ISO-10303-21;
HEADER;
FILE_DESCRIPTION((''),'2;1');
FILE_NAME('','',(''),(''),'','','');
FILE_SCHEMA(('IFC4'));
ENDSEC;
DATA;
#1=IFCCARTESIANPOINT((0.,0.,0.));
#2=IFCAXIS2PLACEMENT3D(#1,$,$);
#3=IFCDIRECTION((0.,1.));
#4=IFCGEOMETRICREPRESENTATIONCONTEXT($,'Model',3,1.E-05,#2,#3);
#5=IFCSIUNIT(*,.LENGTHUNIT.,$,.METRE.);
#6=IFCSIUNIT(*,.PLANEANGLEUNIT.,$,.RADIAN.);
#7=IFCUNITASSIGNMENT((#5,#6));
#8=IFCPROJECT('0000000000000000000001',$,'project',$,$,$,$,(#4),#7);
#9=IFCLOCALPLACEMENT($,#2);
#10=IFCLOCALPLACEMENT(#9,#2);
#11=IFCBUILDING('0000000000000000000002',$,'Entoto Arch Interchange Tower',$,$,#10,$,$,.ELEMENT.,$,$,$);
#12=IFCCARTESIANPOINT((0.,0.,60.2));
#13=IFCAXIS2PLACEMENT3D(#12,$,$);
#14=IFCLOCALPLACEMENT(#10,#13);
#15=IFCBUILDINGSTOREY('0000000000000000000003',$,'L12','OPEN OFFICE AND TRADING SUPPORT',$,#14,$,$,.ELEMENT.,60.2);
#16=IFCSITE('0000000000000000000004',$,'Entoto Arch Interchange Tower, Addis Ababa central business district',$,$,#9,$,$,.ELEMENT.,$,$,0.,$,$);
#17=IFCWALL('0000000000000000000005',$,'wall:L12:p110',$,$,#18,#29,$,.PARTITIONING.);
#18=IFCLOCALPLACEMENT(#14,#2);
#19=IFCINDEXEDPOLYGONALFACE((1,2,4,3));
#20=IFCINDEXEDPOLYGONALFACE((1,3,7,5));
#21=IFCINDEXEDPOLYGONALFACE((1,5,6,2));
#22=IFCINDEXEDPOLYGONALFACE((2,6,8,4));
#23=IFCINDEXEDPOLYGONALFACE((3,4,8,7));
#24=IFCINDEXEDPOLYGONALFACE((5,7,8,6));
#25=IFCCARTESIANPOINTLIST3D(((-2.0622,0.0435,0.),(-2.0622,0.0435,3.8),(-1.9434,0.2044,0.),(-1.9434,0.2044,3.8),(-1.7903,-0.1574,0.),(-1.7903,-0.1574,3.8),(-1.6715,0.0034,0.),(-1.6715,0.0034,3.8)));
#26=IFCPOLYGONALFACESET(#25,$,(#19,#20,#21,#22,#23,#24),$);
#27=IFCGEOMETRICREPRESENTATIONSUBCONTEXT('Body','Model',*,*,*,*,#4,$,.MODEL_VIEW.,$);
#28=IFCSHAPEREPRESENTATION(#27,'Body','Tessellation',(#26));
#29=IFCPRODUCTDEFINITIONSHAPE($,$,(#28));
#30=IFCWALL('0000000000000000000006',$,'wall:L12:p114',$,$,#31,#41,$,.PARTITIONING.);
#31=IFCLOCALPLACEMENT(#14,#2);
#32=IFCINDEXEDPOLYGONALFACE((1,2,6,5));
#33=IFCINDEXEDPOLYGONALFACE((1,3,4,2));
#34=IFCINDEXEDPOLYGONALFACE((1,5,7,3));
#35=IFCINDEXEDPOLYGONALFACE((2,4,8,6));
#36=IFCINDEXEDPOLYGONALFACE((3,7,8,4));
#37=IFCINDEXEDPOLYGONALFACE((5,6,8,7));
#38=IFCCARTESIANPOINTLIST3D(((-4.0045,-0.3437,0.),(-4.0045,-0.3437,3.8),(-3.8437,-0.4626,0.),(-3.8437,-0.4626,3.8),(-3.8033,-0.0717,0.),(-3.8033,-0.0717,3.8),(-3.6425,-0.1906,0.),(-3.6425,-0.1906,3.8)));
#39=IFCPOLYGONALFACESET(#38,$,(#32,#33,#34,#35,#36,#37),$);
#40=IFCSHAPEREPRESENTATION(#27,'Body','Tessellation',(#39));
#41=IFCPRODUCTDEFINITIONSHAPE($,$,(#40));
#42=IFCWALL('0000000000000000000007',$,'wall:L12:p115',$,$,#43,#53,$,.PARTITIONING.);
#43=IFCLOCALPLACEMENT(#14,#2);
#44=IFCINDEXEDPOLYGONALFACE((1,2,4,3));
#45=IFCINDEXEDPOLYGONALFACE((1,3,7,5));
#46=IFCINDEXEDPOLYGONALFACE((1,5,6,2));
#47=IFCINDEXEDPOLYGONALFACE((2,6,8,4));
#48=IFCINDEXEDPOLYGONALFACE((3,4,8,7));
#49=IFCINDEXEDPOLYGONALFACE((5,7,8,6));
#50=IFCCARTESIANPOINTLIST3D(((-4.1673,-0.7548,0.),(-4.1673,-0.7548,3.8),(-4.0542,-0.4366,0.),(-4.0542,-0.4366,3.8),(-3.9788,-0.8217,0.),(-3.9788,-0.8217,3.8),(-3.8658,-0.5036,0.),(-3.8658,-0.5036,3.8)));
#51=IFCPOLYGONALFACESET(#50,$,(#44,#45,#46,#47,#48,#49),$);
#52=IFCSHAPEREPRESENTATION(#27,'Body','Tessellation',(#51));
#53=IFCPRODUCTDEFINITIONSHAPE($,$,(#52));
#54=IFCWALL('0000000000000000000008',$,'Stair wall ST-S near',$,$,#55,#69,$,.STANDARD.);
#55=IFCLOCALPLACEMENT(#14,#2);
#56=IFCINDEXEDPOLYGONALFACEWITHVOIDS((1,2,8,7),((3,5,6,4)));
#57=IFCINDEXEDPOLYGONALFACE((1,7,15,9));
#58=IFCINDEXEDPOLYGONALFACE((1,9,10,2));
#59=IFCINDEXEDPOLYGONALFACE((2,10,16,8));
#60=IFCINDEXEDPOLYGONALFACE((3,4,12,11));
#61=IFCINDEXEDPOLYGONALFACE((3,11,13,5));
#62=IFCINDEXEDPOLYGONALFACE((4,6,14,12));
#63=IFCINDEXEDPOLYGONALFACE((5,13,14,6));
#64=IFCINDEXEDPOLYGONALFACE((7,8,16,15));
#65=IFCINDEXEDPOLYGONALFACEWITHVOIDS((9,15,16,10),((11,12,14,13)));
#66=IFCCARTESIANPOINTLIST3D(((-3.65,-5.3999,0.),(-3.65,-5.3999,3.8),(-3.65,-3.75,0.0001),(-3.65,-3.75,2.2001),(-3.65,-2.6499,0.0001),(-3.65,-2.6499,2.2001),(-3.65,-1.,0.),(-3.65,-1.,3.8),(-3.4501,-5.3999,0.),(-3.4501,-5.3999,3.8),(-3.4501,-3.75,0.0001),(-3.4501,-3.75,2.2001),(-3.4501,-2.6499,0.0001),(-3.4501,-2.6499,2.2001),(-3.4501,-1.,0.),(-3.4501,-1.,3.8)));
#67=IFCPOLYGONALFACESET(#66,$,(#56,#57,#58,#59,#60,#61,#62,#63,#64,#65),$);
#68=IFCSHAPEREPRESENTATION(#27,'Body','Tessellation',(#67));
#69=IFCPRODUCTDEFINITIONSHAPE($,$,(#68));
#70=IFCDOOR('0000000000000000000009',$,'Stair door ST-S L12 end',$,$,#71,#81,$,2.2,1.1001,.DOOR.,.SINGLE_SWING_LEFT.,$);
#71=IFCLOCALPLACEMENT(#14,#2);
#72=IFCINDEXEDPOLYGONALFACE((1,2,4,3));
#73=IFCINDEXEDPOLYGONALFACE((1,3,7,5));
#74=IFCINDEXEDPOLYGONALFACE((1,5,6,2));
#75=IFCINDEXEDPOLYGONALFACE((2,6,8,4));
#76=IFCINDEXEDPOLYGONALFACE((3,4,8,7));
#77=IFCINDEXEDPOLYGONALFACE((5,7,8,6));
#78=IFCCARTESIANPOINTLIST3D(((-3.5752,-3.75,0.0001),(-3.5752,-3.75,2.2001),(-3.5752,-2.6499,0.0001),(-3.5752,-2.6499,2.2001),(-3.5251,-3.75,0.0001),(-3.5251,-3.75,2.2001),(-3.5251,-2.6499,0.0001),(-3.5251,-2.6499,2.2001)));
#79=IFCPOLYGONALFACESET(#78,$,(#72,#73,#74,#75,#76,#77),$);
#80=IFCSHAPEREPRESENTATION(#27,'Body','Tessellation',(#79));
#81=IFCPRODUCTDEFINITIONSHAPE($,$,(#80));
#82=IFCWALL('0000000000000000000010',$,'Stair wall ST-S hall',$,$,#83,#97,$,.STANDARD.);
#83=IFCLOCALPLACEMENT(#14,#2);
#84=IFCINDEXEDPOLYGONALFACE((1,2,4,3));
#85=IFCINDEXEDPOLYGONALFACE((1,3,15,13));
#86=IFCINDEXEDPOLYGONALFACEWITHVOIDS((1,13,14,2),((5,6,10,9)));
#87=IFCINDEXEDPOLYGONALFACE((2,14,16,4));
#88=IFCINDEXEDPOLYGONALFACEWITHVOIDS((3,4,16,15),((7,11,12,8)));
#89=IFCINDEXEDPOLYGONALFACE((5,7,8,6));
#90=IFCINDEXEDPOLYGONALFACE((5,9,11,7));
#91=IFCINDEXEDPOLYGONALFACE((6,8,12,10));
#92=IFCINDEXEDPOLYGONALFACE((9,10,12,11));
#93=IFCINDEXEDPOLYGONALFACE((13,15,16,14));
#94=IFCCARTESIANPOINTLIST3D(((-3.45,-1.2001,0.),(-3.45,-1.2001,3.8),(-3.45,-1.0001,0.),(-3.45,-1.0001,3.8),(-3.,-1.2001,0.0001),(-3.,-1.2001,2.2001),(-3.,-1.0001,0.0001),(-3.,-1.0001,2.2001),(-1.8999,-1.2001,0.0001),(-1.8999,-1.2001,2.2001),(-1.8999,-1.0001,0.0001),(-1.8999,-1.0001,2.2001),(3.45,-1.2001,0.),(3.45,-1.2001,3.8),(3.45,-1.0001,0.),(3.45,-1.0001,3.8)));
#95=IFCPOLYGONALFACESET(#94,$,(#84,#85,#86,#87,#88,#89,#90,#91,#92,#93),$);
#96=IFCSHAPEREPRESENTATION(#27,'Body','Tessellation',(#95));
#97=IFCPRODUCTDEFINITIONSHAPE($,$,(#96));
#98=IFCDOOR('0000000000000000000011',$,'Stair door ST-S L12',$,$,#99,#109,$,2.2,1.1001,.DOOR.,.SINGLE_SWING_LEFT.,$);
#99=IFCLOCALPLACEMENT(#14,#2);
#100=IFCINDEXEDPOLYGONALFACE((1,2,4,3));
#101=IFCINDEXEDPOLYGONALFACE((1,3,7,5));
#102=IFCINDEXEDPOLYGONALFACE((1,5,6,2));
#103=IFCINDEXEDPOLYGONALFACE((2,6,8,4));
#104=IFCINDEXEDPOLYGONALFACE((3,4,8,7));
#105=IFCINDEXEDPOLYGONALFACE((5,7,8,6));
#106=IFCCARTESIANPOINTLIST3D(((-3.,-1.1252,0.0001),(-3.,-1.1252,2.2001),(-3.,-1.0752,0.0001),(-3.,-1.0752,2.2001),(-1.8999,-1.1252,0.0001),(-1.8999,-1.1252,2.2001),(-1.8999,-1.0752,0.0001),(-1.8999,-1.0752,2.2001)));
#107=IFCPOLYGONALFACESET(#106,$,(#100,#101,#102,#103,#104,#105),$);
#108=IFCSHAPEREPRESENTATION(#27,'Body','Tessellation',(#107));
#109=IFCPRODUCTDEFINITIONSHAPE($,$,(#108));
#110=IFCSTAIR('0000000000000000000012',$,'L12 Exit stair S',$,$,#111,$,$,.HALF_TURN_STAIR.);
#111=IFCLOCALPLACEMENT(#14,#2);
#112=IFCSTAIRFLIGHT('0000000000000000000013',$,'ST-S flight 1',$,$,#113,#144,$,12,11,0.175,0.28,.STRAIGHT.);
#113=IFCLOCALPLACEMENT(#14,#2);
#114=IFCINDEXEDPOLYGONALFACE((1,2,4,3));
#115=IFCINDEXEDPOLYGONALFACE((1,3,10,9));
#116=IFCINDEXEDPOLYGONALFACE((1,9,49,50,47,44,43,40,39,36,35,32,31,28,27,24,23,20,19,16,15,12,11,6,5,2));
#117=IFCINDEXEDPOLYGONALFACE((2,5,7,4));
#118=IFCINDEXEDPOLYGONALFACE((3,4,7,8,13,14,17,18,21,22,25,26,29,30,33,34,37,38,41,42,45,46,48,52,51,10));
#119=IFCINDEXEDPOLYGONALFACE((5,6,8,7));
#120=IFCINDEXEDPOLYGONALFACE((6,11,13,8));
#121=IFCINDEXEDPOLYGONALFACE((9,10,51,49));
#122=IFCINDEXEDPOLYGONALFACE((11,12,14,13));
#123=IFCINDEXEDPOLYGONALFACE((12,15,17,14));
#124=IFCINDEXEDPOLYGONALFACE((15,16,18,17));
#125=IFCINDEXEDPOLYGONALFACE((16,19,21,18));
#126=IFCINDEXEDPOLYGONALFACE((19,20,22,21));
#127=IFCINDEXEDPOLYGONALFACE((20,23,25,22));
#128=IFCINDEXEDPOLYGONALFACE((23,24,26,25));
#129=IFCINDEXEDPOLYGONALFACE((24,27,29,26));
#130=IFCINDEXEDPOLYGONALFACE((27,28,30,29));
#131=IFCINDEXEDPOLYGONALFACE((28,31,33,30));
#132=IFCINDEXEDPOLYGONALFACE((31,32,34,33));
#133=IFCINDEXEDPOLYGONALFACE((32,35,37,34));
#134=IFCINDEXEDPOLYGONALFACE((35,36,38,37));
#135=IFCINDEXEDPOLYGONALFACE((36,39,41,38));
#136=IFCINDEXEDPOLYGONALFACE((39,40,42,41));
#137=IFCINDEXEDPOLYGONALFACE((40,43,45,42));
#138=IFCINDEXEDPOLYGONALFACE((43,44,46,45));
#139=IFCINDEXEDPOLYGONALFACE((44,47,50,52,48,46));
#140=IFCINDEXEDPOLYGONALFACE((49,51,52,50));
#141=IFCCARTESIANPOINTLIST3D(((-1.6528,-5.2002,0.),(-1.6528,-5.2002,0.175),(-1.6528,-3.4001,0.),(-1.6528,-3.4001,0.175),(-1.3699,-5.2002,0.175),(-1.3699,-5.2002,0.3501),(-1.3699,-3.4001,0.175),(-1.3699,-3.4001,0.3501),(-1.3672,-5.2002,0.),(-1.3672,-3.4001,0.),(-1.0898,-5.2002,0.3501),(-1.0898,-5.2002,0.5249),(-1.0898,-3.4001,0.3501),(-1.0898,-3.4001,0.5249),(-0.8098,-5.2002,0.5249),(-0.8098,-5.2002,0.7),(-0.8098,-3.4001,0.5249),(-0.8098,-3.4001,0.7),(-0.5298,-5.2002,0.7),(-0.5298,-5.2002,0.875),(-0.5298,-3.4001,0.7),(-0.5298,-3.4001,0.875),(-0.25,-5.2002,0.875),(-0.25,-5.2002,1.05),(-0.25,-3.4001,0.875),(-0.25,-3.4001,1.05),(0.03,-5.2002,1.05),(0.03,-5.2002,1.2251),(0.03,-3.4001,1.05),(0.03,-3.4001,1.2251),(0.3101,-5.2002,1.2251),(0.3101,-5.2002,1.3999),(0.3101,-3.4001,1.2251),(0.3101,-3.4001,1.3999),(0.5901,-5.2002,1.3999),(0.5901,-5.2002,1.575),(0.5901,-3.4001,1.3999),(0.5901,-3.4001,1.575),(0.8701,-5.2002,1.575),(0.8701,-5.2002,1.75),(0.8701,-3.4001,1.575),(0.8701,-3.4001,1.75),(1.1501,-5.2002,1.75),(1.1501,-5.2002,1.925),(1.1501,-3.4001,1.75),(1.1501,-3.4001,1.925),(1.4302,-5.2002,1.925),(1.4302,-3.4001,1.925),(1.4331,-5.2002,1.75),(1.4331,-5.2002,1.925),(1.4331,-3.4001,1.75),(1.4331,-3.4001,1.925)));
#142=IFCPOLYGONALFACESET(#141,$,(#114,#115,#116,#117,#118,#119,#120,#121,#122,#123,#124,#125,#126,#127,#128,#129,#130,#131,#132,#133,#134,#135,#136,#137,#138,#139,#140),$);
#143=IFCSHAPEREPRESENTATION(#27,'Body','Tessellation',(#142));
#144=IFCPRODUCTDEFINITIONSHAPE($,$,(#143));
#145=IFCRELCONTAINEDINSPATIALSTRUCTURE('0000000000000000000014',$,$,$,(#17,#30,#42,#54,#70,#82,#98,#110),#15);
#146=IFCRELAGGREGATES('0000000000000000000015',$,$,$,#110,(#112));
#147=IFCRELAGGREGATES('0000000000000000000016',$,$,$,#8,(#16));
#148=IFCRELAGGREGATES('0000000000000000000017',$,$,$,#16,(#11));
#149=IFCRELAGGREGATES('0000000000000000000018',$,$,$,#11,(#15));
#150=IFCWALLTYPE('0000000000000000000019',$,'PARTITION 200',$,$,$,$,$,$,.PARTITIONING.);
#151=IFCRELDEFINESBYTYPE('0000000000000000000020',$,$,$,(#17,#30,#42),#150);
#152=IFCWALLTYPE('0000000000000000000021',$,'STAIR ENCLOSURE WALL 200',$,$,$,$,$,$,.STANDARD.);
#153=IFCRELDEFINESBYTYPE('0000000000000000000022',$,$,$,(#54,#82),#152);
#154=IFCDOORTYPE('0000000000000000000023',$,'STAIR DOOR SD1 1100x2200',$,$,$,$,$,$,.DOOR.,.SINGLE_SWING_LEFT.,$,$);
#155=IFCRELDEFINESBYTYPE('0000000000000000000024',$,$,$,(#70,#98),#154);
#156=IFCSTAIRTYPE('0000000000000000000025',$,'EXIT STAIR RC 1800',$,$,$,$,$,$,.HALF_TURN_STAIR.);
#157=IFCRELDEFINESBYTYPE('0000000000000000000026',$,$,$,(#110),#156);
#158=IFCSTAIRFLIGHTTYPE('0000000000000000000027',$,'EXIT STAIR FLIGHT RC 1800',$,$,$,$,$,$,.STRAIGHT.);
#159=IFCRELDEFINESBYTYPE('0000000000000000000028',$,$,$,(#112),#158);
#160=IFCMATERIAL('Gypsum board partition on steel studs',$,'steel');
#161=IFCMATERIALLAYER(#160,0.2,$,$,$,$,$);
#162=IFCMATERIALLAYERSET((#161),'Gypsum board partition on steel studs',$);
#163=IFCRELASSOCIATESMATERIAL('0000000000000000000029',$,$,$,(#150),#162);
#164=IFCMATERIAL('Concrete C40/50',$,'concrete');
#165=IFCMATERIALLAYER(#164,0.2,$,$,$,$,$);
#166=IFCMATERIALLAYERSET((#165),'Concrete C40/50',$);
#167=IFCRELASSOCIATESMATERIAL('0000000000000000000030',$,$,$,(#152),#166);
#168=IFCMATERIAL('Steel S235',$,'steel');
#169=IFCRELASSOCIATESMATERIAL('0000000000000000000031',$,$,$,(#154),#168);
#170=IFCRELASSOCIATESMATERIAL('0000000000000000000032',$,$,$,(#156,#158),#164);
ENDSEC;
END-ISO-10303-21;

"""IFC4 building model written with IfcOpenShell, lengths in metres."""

from ifc_helpers import new_model, si_unit, direction, frame, frame_2d, origin, place, context, subcontext, project, spatial, polyline, rectangle, outline, extrude, material, layer, layer_set, type_object, element, fill, aggregate, save


model = new_model("IFC4")

# Units and contexts
model_context = context("Model", 3, precision=1e-05, world=origin(), true_north=direction((0.0, 1.0)))
body_context = subcontext(model_context, "Body", "Model", "MODEL_VIEW")
ifc_project = project(units=[si_unit("LENGTHUNIT", "METRE"), si_unit("PLANEANGLEUNIT", "RADIAN")], contexts=[model_context])

# Site, building, storey
site_placement = place(None, origin())
site = spatial("IfcSite", under=ifc_project, at=site_placement, Name="Entoto Arch Interchange Tower, Addis Ababa central business district", CompositionType="ELEMENT", RefElevation=0.0)
building_placement = place(site_placement, origin())
building = spatial("IfcBuilding", under=site, at=building_placement, Name="Entoto Arch Interchange Tower", CompositionType="ELEMENT")
storey_placement = place(building_placement, frame((0.0, 0.0, 60.2)))
storey = spatial("IfcBuildingStorey", under=building, at=storey_placement, Name="L12", Description="OPEN OFFICE AND TRADING SUPPORT", CompositionType="ELEMENT", Elevation=60.2)

# Shared definitions
ifc_material_1 = material(Name="Concrete C40/50", Category="concrete")

# Shared definitions
ifc_material_2 = material(Name="Gypsum board partition on steel studs", Category="steel")
ifc_layer_1 = layer(ifc_material_2, 0.2)
ifc_layer_set_1 = layer_set([ifc_layer_1], Name="Gypsum board partition on steel studs")
wall_type_1 = type_object("IfcWallType", Name="PARTITION 200", PredefinedType="PARTITIONING", material=ifc_layer_set_1)

# Walls
wall_1_placement = place(storey_placement, frame((-1.731, -0.0769, 0.0), z_axis=(0.0, 0.0, 1.0), x_axis=(-0.804311, 0.594208, 0.0)))
element("IfcWall", 1, at=wall_1_placement, inside=storey, type_object=wall_type_1, Name="wall:L12:p110", PredefinedType="PARTITIONING", context=body_context, shape_type="SweptSolid", body=[
    extrude(rectangle(XDim=0.3381, YDim=0.2, at=frame_2d((0.1689, 0.0))), origin(), (0.0, 0.0, 1.0), 3.8),
])
wall_2_placement = place(storey_placement, frame((-3.7229, -0.1311, 0.0), z_axis=(0.0, 0.0, 1.0), x_axis=(-0.594675, -0.803966, 0.0)))
element("IfcWall", 2, at=wall_2_placement, inside=storey, type_object=wall_type_1, Name="wall:L12:p114", PredefinedType="PARTITIONING", context=body_context, shape_type="SweptSolid", body=[
    extrude(rectangle(XDim=0.3384, YDim=0.2, at=frame_2d((0.1692, 0.0))), origin(), (0.0, 0.0, 1.0), 3.8),
])
wall_3_placement = place(storey_placement, frame((-3.96, -0.47, 0.0), z_axis=(0.0, 0.0, 1.0), x_axis=(-0.334824, -0.942281, 0.0)))
element("IfcWall", 3, at=wall_3_placement, inside=storey, type_object=wall_type_1, Name="wall:L12:p115", PredefinedType="PARTITIONING", context=body_context, shape_type="SweptSolid", body=[
    extrude(rectangle(XDim=0.3376, YDim=0.2, at=frame_2d((0.1689, 0.0))), origin(), (0.0, 0.0, 1.0), 3.8),
])

# Walls, openings, doors
ifc_layer_2 = layer(ifc_material_1, 0.2)
ifc_layer_set_2 = layer_set([ifc_layer_2], Name="Concrete C40/50")
wall_type_2 = type_object("IfcWallType", Name="STAIR ENCLOSURE WALL 200", PredefinedType="STANDARD", material=ifc_layer_set_2)
wall_4_placement = place(storey_placement, frame((-3.55, -1.0, 0.0), z_axis=(0.0, 0.0, 1.0), x_axis=(0.0, -1.0, 0.0)))
wall_4 = element("IfcWall", 4, at=wall_4_placement, inside=storey, type_object=wall_type_2, Name="Stair wall ST-S near", PredefinedType="STANDARD", context=body_context, shape_type="SweptSolid", body=[
    extrude(rectangle(XDim=4.3999, YDim=0.2, at=frame_2d((2.2, 0.0))), origin(), (0.0, 0.0, 1.0), 3.8),
])
opening_1_placement = place(wall_4_placement, frame((1.6499, 0.0, 0.0)))
opening_1 = element("IfcOpeningElement", 5, at=opening_1_placement, cuts=wall_4, PredefinedType="OPENING", context=body_context, shape_type="SweptSolid", body=[
    extrude(rectangle(XDim=1.1001, YDim=2.2, at=frame_2d((0.55, 1.1001))), frame((0.0, 0.1099, 0.0), z_axis=(0.0, -1.0, 0.0), x_axis=(1.0, 0.0, 0.0)), (0.0, 0.0, 1.0), 0.22),
])
ifc_material_3 = material(Name="Steel S235", Category="steel")
door_type_1 = type_object("IfcDoorType", Name="STAIR DOOR SD1 1100x2200", OperationType="SINGLE_SWING_LEFT", PredefinedType="DOOR", material=ifc_material_3)
door_1_placement = place(opening_1_placement, origin())
door_1 = element("IfcDoor", 6, at=door_1_placement, inside=storey, type_object=door_type_1, Name="Stair door ST-S L12 end", OperationType="SINGLE_SWING_LEFT", OverallHeight=2.2, OverallWidth=1.1001, PredefinedType="DOOR", context=body_context, shape_type="SweptSolid", body=[
    extrude(rectangle(XDim=1.1001, YDim=2.2, at=frame_2d((0.55, 1.1001))), frame((0.0, 0.0249, 0.0), z_axis=(0.0, -1.0, 0.0), x_axis=(1.0, 0.0, 0.0)), (0.0, 0.0, 1.0), 0.05),
])
fill(opening_1, door_1)
wall_5_placement = place(storey_placement, frame((-3.45, -1.1001, 0.0), z_axis=(0.0, 0.0, 1.0), x_axis=(1.0, 0.0, 0.0)))
wall_5 = element("IfcWall", 7, at=wall_5_placement, inside=storey, type_object=wall_type_2, Name="Stair wall ST-S hall", PredefinedType="STANDARD", context=body_context, shape_type="SweptSolid", body=[
    extrude(rectangle(XDim=6.8999, YDim=0.2, at=frame_2d((3.45, 0.0))), origin(), (0.0, 0.0, 1.0), 3.8),
])
opening_2_placement = place(wall_5_placement, frame((0.45, 0.0, 0.0)))
opening_2 = element("IfcOpeningElement", 8, at=opening_2_placement, cuts=wall_5, PredefinedType="OPENING", context=body_context, shape_type="SweptSolid", body=[
    extrude(rectangle(XDim=1.1001, YDim=2.2, at=frame_2d((0.55, 1.1001))), frame((0.0, 0.1099, 0.0), z_axis=(0.0, -1.0, 0.0), x_axis=(1.0, 0.0, 0.0)), (0.0, 0.0, 1.0), 0.22),
])
door_2_placement = place(opening_2_placement, origin())
door_2 = element("IfcDoor", 9, at=door_2_placement, inside=storey, type_object=door_type_1, Name="Stair door ST-S L12", OperationType="SINGLE_SWING_LEFT", OverallHeight=2.2, OverallWidth=1.1001, PredefinedType="DOOR", context=body_context, shape_type="SweptSolid", body=[
    extrude(rectangle(XDim=1.1001, YDim=2.2, at=frame_2d((0.55, 1.1001))), frame((0.0, 0.0249, 0.0), z_axis=(0.0, -1.0, 0.0), x_axis=(1.0, 0.0, 0.0)), (0.0, 0.0, 1.0), 0.05),
])
fill(opening_2, door_2)

# Stair, stair flight
stair_type = type_object("IfcStairType", Name="EXIT STAIR RC 1800", PredefinedType="HALF_TURN_STAIR", material=ifc_material_1)
stair_placement = place(storey_placement, origin())
stair = element("IfcStair", 10, at=stair_placement, inside=storey, type_object=stair_type, Name="L12 Exit stair S", PredefinedType="HALF_TURN_STAIR")
stair_flight_type = type_object("IfcStairFlightType", Name="EXIT STAIR FLIGHT RC 1800", PredefinedType="STRAIGHT", material=ifc_material_1)
stair_flight_placement = place(storey_placement, frame((-1.6499, -4.3, 0.0), z_axis=(0.0, 0.0, 1.0), x_axis=(1.0, 0.0, 0.0)))
stair_flight = element("IfcStairFlight", 11, at=stair_flight_placement, type_object=stair_flight_type, Name="ST-S flight 1", NumberOfRisers=12, NumberOfTreads=11, PredefinedType="STRAIGHT", RiserHeight=0.175, TreadLength=0.28, context=body_context, shape_type="SweptSolid", body=[
    extrude(outline(polyline([(-0.0029, 0.0), (-0.0029, 0.175), (0.28, 0.175), (0.28, 0.3501), (0.5601, 0.3501), (0.5601, 0.5249), (0.8401, 0.5249), (0.8401, 0.7), (1.1201, 0.7), (1.1201, 0.875), (1.3999, 0.875), (1.3999, 1.05), (1.6799, 1.05), (1.6799, 1.2251), (1.96, 1.2251), (1.96, 1.3999), (2.24, 1.3999), (2.24, 1.575), (2.52, 1.575), (2.52, 1.75), (2.8, 1.75), (2.8, 1.925), (3.0801, 1.925), (3.083, 1.925), (3.083, 1.75), (0.2827, 0.0), (-0.0029, 0.0)])), frame((0.0, 0.8999, 0.0), z_axis=(0.0, -1.0, 0.0), x_axis=(1.0, 0.0, 0.0)), (0.0, 0.0, 1.0), 1.8),
])
aggregate(stair, [stair_flight])

save(model, "model.ifc")
